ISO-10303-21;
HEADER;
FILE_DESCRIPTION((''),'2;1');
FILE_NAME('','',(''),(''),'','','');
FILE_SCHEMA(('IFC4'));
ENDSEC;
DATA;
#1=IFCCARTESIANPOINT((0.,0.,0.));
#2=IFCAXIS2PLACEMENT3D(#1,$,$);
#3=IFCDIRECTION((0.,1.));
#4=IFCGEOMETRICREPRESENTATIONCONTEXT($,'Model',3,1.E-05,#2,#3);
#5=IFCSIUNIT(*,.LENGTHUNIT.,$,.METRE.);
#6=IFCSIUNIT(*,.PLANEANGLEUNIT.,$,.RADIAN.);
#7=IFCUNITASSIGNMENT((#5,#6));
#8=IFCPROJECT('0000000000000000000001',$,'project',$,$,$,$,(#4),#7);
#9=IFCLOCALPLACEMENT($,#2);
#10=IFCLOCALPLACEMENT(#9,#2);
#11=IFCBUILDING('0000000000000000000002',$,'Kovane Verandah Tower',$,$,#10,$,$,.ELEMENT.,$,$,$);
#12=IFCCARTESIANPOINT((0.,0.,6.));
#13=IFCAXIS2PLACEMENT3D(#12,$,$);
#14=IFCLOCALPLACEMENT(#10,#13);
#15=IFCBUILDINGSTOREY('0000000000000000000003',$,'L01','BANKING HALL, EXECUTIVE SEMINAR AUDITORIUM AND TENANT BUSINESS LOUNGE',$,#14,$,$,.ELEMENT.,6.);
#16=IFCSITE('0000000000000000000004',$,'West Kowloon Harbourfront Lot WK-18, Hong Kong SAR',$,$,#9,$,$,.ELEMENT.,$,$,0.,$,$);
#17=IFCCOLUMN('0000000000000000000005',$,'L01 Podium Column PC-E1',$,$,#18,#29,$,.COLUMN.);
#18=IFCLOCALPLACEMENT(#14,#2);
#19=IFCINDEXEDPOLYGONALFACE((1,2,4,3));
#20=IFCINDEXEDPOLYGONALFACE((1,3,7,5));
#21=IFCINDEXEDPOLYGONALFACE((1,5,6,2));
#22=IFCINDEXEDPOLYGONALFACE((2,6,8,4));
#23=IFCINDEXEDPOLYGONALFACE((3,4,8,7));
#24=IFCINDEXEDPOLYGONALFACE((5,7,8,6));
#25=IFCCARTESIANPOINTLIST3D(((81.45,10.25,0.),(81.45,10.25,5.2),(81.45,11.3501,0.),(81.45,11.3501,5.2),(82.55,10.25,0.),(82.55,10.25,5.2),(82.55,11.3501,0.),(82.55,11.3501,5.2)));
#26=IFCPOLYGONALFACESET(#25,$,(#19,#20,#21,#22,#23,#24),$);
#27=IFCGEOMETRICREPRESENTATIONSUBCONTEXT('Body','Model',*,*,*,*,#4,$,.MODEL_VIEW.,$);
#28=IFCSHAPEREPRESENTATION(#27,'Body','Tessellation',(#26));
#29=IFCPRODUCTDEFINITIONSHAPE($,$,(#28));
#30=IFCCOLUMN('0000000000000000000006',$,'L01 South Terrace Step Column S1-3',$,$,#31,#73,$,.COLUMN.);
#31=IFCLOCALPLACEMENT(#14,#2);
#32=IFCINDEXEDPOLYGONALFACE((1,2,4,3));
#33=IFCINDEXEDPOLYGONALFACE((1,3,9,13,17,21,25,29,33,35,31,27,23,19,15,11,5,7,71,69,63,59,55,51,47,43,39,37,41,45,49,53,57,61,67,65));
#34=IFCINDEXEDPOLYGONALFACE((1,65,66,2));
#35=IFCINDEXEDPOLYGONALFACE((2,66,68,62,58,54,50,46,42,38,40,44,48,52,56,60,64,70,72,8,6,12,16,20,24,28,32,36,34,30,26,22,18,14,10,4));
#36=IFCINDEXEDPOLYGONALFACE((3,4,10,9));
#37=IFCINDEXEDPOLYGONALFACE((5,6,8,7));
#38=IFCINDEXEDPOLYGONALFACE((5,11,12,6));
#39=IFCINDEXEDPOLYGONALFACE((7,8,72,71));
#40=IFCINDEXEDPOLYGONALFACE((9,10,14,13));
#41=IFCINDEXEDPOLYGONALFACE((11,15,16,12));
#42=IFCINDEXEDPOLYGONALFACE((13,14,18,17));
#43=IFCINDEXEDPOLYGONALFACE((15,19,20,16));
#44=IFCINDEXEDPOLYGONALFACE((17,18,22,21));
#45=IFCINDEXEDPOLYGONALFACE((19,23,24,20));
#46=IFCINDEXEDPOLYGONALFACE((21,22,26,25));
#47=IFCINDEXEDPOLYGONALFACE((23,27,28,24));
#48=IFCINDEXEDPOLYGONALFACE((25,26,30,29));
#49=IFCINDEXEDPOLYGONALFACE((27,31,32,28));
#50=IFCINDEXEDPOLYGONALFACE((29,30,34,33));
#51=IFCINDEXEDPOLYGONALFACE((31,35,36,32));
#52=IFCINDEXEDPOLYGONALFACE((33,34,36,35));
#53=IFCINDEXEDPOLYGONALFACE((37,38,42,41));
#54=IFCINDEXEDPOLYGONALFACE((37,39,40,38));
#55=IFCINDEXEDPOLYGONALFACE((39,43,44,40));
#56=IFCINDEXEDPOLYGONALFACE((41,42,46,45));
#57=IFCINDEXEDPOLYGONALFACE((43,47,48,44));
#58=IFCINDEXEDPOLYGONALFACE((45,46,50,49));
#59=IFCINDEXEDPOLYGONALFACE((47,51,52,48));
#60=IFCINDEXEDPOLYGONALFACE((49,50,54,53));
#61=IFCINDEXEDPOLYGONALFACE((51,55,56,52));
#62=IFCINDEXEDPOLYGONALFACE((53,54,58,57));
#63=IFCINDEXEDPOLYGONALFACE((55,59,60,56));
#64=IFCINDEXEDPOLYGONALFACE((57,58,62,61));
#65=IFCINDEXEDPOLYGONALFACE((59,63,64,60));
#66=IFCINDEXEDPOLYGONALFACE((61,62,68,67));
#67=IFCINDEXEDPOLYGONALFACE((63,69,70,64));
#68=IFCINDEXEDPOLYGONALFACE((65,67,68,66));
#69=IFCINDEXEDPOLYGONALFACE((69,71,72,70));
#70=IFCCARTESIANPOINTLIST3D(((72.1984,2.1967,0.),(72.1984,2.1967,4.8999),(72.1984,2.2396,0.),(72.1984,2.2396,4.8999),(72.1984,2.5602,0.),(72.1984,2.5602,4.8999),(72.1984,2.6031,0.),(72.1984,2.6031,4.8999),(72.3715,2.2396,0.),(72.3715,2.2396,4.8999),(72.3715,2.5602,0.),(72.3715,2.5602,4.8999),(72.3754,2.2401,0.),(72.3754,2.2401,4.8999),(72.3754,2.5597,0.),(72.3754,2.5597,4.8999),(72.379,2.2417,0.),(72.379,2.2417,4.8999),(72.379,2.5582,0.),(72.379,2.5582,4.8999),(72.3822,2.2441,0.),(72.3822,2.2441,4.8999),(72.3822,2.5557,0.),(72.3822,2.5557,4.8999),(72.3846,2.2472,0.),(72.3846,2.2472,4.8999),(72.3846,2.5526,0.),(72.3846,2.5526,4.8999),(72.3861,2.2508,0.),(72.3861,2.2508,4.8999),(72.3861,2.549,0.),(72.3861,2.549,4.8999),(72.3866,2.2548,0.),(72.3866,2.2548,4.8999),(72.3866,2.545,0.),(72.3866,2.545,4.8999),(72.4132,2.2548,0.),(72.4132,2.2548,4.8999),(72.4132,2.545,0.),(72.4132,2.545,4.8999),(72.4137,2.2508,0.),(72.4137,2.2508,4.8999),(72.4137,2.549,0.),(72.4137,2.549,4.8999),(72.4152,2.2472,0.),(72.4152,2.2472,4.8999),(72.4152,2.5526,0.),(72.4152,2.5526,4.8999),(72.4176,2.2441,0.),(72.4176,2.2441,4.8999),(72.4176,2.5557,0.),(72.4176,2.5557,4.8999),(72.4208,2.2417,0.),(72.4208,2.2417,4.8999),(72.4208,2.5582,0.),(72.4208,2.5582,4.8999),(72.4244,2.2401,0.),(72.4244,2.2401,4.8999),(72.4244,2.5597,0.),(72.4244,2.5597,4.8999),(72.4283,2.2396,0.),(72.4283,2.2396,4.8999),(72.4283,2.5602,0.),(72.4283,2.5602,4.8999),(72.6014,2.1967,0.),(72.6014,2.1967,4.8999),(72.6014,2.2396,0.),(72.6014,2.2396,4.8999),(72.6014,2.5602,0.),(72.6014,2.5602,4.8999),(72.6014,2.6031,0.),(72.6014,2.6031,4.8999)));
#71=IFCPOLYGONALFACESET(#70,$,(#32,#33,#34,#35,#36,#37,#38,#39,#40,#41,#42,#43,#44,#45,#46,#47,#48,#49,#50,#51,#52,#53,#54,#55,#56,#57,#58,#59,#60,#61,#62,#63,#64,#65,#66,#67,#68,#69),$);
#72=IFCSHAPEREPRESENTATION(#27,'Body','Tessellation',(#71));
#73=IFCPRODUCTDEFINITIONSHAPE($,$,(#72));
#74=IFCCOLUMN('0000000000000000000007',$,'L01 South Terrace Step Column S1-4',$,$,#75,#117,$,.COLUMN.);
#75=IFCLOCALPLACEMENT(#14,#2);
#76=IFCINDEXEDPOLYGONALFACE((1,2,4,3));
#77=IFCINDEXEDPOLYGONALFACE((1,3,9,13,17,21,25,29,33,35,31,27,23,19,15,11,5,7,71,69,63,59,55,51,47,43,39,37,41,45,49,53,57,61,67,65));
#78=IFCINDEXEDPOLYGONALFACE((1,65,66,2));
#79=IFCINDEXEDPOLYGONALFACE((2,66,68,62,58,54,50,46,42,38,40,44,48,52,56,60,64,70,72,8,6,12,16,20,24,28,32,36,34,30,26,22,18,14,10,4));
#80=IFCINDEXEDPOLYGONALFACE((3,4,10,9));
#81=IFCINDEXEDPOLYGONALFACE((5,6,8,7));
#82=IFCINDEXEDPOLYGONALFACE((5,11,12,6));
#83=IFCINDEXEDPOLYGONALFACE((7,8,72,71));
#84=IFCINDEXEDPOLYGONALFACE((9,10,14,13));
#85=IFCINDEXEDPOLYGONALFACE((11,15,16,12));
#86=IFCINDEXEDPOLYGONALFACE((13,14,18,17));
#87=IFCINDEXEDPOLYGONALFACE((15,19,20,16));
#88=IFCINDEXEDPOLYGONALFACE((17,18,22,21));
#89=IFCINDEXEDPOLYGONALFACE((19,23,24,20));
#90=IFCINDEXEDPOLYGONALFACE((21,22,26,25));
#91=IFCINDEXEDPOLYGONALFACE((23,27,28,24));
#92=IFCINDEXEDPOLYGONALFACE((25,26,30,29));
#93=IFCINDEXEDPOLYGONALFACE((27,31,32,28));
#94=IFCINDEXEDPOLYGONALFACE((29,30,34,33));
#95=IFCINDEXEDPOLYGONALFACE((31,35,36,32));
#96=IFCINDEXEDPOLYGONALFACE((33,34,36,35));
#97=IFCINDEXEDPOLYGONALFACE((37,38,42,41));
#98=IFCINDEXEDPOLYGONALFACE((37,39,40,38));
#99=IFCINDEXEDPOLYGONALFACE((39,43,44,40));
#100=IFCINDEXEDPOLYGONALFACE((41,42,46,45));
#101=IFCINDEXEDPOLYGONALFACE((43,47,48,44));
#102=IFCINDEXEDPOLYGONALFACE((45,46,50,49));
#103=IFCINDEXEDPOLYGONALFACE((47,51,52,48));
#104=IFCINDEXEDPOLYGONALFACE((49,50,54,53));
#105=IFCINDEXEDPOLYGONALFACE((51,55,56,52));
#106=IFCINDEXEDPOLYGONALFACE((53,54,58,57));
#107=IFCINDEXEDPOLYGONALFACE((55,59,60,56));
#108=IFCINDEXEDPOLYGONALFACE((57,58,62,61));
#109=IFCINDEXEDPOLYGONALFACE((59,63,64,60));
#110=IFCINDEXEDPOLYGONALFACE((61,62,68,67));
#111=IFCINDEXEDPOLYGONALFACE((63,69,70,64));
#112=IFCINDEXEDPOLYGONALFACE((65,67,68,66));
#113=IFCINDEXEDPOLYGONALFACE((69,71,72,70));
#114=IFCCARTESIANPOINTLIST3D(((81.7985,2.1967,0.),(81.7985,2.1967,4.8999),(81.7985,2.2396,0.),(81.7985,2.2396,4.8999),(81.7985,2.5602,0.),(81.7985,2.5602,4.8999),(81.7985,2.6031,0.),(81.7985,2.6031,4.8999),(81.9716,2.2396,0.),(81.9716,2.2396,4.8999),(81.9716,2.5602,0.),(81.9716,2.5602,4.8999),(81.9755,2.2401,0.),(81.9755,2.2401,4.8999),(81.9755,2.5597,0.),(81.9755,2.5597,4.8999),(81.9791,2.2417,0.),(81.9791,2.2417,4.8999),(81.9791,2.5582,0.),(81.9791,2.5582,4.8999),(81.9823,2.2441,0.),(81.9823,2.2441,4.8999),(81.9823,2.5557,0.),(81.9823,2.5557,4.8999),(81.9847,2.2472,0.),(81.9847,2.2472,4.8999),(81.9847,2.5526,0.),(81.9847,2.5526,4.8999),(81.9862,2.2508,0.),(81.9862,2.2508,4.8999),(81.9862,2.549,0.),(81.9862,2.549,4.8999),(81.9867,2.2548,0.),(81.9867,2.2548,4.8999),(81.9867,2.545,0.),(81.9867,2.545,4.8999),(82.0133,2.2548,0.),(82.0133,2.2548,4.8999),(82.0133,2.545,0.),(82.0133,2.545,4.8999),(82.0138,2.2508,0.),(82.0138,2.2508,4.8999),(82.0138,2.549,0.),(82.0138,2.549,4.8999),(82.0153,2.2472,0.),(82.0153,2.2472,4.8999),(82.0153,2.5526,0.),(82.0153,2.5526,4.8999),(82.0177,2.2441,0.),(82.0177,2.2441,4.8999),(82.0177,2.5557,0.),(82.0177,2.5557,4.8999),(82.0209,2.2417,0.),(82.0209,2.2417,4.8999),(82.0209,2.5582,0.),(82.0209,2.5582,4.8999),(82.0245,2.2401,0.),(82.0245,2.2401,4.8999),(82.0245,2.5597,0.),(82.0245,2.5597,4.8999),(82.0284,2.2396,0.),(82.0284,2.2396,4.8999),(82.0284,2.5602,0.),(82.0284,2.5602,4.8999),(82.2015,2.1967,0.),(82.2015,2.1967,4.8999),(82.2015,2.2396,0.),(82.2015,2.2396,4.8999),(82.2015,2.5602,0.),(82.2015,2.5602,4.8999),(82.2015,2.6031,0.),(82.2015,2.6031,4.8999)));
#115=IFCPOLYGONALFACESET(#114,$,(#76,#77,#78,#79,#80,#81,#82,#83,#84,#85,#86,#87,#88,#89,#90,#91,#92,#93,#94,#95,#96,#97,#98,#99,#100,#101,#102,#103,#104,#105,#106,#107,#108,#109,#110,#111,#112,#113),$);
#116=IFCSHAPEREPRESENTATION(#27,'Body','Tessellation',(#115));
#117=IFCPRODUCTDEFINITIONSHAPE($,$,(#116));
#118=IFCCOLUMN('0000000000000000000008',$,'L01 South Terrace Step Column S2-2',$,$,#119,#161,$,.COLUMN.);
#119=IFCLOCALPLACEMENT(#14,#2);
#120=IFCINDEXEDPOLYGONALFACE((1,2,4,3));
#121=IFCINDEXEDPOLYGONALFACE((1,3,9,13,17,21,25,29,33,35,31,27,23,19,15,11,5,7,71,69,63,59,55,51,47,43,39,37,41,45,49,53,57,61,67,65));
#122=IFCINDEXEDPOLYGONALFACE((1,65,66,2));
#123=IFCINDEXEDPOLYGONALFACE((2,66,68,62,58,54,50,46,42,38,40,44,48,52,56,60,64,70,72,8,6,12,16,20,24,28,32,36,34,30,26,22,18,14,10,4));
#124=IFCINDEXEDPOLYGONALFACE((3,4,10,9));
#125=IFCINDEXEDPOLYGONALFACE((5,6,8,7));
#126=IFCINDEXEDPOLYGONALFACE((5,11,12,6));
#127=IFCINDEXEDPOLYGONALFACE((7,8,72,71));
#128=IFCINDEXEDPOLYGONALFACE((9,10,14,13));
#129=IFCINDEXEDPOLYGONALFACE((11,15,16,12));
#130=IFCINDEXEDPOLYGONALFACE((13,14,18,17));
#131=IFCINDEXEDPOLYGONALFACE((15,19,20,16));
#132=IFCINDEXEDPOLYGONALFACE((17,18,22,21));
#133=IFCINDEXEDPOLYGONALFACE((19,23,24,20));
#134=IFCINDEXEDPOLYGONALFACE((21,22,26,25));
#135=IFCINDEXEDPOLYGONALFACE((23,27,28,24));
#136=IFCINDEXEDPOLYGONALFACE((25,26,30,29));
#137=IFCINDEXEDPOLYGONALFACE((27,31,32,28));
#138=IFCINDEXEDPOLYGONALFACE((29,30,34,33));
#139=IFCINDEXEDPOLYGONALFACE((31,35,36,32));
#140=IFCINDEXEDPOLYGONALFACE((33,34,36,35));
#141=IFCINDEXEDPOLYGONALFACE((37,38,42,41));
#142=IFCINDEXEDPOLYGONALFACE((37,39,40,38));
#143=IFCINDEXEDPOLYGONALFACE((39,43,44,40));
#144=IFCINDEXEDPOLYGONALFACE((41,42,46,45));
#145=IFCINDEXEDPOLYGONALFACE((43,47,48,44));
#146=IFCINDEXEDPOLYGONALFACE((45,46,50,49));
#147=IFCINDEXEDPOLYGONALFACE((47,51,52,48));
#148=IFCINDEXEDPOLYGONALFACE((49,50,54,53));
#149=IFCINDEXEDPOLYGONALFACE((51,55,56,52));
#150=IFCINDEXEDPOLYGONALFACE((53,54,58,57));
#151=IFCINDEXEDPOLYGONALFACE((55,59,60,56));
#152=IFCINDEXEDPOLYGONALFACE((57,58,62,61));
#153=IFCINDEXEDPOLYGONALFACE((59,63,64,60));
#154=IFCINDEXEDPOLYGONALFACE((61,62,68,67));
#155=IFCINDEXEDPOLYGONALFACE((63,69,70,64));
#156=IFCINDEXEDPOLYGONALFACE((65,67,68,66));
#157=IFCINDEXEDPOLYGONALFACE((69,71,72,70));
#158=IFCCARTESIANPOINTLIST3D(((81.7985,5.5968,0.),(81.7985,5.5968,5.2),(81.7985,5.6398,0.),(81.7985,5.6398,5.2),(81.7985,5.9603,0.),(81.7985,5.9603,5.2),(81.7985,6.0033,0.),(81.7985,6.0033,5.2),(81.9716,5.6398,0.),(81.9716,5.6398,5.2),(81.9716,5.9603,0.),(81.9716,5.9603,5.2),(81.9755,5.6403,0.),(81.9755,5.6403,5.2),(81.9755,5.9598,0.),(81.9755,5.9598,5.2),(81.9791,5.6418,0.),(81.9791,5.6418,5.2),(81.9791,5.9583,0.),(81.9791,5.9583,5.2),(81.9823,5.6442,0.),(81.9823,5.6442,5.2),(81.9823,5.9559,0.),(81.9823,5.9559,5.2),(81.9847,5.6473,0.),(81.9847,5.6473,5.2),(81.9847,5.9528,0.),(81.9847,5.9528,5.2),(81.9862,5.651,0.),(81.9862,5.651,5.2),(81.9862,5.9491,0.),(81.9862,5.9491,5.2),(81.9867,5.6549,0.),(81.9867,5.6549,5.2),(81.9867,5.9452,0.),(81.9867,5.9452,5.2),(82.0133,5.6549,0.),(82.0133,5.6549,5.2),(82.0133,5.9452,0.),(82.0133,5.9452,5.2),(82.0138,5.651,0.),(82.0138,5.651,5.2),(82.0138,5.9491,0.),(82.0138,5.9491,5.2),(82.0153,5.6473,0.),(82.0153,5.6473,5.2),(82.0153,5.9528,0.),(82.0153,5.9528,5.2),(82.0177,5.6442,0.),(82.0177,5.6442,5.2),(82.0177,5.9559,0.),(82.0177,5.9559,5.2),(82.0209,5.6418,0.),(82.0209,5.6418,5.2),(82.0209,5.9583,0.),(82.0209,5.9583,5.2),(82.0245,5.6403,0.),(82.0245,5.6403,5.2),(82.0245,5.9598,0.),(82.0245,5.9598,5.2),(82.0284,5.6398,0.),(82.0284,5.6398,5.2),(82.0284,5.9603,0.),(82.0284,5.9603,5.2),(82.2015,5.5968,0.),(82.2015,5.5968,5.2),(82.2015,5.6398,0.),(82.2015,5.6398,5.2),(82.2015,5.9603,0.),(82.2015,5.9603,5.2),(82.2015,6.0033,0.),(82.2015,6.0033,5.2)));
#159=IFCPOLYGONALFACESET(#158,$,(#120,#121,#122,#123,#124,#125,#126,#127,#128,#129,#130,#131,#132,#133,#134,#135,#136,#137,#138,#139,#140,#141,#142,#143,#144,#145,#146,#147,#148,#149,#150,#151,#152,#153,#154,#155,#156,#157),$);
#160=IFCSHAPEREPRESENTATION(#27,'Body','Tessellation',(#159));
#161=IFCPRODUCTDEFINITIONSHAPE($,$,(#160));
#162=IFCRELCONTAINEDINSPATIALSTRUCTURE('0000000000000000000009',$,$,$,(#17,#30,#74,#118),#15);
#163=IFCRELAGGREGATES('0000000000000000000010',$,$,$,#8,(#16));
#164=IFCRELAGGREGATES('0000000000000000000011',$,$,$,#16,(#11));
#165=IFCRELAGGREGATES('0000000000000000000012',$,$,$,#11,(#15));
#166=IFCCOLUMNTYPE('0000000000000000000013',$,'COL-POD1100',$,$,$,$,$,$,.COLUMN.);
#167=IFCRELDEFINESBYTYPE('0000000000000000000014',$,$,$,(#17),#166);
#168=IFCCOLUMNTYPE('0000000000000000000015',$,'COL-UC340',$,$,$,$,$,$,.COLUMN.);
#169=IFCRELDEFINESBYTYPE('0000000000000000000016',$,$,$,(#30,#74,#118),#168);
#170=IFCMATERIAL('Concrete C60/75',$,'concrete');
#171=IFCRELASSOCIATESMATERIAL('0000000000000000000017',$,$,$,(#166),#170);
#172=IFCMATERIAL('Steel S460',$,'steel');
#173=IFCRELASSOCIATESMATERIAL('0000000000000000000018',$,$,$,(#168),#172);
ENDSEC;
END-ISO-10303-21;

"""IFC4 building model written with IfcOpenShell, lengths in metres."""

from ifc_helpers import new_model, si_unit, direction, frame, origin, origin_2d, place, context, subcontext, project, spatial, rectangle, i_section, extrude, material, material_profile, profile_set, type_object, element, save


model = new_model("IFC4")

# Units and contexts
model_context = context("Model", 3, precision=1e-05, world=origin(), true_north=direction((0.0, 1.0)))
body_context = subcontext(model_context, "Body", "Model", "MODEL_VIEW")
ifc_project = project(units=[si_unit("LENGTHUNIT", "METRE"), si_unit("PLANEANGLEUNIT", "RADIAN")], contexts=[model_context])

# Site, building, storey
site_placement = place(None, origin())
site = spatial("IfcSite", under=ifc_project, at=site_placement, Name="West Kowloon Harbourfront Lot WK-18, Hong Kong SAR", CompositionType="ELEMENT", RefElevation=0.0)
building_placement = place(site_placement, origin())
building = spatial("IfcBuilding", under=site, at=building_placement, Name="Kovane Verandah Tower", CompositionType="ELEMENT")
storey_placement = place(building_placement, frame((0.0, 0.0, 6.0)))
storey = spatial("IfcBuildingStorey", under=building, at=storey_placement, Name="L01", Description="BANKING HALL, EXECUTIVE SEMINAR AUDITORIUM AND TENANT BUSINESS LOUNGE", CompositionType="ELEMENT", Elevation=6.0)

# Columns
ifc_material_1 = material(Name="Concrete C60/75", Category="concrete")
ifc_material_profile_1 = material_profile(ifc_material_1, rectangle(XDim=1.1001, YDim=1.1001, at=origin_2d()), Name="RC1100x1100")
ifc_profile_set_1 = profile_set([ifc_material_profile_1], Name="Concrete C60/75")
column_type_1 = type_object("IfcColumnType", Name="COL-POD1100", PredefinedType="COLUMN", material=ifc_profile_set_1)
column_1_placement = place(storey_placement, frame((82.0, 10.8, 0.0), z_axis=(0.0, 0.0, 1.0), x_axis=(1.0, 0.0, 0.0)))
element("IfcColumn", 1, at=column_1_placement, inside=storey, type_object=column_type_1, Name="L01 Podium Column PC-E1", PredefinedType="COLUMN", context=body_context, shape_type="SweptSolid", body=[
    extrude(rectangle(XDim=1.1001, YDim=1.1001, at=origin_2d()), origin(), (0.0, 0.0, 1.0), 5.2),
])
ifc_material_2 = material(Name="Steel S460", Category="steel")
ifc_material_profile_2 = material_profile(ifc_material_2, i_section(OverallWidth=0.4031, OverallDepth=0.4065, WebThickness=0.0266, FlangeThickness=0.043, FilletRadius=0.0151, at=origin_2d()), Name="UC356x406x340")
ifc_profile_set_2 = profile_set([ifc_material_profile_2], Name="Steel S460")
column_type_2 = type_object("IfcColumnType", Name="COL-UC340", PredefinedType="COLUMN", material=ifc_profile_set_2)
for number, where, z_axis, x_axis, name in (
    (2, (72.3999, 2.3999, 0.0), (0.0, 0.0, 1.0), (1.0, 0.0, 0.0), "L01 South Terrace Step Column S1-3"),
    (3, (82.0, 2.3999, 0.0), (0.0, 0.0, 1.0), (1.0, 0.0, 0.0), "L01 South Terrace Step Column S1-4"),
):
    element("IfcColumn", number, at=place(storey_placement, frame(where, z_axis=z_axis, x_axis=x_axis)), inside=storey, type_object=column_type_2, Name=name, PredefinedType="COLUMN", context=body_context, shape_type="SweptSolid", body=[
        extrude(i_section(OverallWidth=0.4031, OverallDepth=0.4065, WebThickness=0.0266, FlangeThickness=0.043, FilletRadius=0.0151, at=origin_2d()), origin(), (0.0, 0.0, 1.0), 4.8999),
    ])
column_2_placement = place(storey_placement, frame((82.0, 5.8, 0.0), z_axis=(0.0, 0.0, 1.0), x_axis=(1.0, 0.0, 0.0)))
element("IfcColumn", 4, at=column_2_placement, inside=storey, type_object=column_type_2, Name="L01 South Terrace Step Column S2-2", PredefinedType="COLUMN", context=body_context, shape_type="SweptSolid", body=[
    extrude(i_section(OverallWidth=0.4031, OverallDepth=0.4065, WebThickness=0.0266, FlangeThickness=0.043, FilletRadius=0.0151, at=origin_2d()), origin(), (0.0, 0.0, 1.0), 5.2),
])

save(model, "model.ifc")
